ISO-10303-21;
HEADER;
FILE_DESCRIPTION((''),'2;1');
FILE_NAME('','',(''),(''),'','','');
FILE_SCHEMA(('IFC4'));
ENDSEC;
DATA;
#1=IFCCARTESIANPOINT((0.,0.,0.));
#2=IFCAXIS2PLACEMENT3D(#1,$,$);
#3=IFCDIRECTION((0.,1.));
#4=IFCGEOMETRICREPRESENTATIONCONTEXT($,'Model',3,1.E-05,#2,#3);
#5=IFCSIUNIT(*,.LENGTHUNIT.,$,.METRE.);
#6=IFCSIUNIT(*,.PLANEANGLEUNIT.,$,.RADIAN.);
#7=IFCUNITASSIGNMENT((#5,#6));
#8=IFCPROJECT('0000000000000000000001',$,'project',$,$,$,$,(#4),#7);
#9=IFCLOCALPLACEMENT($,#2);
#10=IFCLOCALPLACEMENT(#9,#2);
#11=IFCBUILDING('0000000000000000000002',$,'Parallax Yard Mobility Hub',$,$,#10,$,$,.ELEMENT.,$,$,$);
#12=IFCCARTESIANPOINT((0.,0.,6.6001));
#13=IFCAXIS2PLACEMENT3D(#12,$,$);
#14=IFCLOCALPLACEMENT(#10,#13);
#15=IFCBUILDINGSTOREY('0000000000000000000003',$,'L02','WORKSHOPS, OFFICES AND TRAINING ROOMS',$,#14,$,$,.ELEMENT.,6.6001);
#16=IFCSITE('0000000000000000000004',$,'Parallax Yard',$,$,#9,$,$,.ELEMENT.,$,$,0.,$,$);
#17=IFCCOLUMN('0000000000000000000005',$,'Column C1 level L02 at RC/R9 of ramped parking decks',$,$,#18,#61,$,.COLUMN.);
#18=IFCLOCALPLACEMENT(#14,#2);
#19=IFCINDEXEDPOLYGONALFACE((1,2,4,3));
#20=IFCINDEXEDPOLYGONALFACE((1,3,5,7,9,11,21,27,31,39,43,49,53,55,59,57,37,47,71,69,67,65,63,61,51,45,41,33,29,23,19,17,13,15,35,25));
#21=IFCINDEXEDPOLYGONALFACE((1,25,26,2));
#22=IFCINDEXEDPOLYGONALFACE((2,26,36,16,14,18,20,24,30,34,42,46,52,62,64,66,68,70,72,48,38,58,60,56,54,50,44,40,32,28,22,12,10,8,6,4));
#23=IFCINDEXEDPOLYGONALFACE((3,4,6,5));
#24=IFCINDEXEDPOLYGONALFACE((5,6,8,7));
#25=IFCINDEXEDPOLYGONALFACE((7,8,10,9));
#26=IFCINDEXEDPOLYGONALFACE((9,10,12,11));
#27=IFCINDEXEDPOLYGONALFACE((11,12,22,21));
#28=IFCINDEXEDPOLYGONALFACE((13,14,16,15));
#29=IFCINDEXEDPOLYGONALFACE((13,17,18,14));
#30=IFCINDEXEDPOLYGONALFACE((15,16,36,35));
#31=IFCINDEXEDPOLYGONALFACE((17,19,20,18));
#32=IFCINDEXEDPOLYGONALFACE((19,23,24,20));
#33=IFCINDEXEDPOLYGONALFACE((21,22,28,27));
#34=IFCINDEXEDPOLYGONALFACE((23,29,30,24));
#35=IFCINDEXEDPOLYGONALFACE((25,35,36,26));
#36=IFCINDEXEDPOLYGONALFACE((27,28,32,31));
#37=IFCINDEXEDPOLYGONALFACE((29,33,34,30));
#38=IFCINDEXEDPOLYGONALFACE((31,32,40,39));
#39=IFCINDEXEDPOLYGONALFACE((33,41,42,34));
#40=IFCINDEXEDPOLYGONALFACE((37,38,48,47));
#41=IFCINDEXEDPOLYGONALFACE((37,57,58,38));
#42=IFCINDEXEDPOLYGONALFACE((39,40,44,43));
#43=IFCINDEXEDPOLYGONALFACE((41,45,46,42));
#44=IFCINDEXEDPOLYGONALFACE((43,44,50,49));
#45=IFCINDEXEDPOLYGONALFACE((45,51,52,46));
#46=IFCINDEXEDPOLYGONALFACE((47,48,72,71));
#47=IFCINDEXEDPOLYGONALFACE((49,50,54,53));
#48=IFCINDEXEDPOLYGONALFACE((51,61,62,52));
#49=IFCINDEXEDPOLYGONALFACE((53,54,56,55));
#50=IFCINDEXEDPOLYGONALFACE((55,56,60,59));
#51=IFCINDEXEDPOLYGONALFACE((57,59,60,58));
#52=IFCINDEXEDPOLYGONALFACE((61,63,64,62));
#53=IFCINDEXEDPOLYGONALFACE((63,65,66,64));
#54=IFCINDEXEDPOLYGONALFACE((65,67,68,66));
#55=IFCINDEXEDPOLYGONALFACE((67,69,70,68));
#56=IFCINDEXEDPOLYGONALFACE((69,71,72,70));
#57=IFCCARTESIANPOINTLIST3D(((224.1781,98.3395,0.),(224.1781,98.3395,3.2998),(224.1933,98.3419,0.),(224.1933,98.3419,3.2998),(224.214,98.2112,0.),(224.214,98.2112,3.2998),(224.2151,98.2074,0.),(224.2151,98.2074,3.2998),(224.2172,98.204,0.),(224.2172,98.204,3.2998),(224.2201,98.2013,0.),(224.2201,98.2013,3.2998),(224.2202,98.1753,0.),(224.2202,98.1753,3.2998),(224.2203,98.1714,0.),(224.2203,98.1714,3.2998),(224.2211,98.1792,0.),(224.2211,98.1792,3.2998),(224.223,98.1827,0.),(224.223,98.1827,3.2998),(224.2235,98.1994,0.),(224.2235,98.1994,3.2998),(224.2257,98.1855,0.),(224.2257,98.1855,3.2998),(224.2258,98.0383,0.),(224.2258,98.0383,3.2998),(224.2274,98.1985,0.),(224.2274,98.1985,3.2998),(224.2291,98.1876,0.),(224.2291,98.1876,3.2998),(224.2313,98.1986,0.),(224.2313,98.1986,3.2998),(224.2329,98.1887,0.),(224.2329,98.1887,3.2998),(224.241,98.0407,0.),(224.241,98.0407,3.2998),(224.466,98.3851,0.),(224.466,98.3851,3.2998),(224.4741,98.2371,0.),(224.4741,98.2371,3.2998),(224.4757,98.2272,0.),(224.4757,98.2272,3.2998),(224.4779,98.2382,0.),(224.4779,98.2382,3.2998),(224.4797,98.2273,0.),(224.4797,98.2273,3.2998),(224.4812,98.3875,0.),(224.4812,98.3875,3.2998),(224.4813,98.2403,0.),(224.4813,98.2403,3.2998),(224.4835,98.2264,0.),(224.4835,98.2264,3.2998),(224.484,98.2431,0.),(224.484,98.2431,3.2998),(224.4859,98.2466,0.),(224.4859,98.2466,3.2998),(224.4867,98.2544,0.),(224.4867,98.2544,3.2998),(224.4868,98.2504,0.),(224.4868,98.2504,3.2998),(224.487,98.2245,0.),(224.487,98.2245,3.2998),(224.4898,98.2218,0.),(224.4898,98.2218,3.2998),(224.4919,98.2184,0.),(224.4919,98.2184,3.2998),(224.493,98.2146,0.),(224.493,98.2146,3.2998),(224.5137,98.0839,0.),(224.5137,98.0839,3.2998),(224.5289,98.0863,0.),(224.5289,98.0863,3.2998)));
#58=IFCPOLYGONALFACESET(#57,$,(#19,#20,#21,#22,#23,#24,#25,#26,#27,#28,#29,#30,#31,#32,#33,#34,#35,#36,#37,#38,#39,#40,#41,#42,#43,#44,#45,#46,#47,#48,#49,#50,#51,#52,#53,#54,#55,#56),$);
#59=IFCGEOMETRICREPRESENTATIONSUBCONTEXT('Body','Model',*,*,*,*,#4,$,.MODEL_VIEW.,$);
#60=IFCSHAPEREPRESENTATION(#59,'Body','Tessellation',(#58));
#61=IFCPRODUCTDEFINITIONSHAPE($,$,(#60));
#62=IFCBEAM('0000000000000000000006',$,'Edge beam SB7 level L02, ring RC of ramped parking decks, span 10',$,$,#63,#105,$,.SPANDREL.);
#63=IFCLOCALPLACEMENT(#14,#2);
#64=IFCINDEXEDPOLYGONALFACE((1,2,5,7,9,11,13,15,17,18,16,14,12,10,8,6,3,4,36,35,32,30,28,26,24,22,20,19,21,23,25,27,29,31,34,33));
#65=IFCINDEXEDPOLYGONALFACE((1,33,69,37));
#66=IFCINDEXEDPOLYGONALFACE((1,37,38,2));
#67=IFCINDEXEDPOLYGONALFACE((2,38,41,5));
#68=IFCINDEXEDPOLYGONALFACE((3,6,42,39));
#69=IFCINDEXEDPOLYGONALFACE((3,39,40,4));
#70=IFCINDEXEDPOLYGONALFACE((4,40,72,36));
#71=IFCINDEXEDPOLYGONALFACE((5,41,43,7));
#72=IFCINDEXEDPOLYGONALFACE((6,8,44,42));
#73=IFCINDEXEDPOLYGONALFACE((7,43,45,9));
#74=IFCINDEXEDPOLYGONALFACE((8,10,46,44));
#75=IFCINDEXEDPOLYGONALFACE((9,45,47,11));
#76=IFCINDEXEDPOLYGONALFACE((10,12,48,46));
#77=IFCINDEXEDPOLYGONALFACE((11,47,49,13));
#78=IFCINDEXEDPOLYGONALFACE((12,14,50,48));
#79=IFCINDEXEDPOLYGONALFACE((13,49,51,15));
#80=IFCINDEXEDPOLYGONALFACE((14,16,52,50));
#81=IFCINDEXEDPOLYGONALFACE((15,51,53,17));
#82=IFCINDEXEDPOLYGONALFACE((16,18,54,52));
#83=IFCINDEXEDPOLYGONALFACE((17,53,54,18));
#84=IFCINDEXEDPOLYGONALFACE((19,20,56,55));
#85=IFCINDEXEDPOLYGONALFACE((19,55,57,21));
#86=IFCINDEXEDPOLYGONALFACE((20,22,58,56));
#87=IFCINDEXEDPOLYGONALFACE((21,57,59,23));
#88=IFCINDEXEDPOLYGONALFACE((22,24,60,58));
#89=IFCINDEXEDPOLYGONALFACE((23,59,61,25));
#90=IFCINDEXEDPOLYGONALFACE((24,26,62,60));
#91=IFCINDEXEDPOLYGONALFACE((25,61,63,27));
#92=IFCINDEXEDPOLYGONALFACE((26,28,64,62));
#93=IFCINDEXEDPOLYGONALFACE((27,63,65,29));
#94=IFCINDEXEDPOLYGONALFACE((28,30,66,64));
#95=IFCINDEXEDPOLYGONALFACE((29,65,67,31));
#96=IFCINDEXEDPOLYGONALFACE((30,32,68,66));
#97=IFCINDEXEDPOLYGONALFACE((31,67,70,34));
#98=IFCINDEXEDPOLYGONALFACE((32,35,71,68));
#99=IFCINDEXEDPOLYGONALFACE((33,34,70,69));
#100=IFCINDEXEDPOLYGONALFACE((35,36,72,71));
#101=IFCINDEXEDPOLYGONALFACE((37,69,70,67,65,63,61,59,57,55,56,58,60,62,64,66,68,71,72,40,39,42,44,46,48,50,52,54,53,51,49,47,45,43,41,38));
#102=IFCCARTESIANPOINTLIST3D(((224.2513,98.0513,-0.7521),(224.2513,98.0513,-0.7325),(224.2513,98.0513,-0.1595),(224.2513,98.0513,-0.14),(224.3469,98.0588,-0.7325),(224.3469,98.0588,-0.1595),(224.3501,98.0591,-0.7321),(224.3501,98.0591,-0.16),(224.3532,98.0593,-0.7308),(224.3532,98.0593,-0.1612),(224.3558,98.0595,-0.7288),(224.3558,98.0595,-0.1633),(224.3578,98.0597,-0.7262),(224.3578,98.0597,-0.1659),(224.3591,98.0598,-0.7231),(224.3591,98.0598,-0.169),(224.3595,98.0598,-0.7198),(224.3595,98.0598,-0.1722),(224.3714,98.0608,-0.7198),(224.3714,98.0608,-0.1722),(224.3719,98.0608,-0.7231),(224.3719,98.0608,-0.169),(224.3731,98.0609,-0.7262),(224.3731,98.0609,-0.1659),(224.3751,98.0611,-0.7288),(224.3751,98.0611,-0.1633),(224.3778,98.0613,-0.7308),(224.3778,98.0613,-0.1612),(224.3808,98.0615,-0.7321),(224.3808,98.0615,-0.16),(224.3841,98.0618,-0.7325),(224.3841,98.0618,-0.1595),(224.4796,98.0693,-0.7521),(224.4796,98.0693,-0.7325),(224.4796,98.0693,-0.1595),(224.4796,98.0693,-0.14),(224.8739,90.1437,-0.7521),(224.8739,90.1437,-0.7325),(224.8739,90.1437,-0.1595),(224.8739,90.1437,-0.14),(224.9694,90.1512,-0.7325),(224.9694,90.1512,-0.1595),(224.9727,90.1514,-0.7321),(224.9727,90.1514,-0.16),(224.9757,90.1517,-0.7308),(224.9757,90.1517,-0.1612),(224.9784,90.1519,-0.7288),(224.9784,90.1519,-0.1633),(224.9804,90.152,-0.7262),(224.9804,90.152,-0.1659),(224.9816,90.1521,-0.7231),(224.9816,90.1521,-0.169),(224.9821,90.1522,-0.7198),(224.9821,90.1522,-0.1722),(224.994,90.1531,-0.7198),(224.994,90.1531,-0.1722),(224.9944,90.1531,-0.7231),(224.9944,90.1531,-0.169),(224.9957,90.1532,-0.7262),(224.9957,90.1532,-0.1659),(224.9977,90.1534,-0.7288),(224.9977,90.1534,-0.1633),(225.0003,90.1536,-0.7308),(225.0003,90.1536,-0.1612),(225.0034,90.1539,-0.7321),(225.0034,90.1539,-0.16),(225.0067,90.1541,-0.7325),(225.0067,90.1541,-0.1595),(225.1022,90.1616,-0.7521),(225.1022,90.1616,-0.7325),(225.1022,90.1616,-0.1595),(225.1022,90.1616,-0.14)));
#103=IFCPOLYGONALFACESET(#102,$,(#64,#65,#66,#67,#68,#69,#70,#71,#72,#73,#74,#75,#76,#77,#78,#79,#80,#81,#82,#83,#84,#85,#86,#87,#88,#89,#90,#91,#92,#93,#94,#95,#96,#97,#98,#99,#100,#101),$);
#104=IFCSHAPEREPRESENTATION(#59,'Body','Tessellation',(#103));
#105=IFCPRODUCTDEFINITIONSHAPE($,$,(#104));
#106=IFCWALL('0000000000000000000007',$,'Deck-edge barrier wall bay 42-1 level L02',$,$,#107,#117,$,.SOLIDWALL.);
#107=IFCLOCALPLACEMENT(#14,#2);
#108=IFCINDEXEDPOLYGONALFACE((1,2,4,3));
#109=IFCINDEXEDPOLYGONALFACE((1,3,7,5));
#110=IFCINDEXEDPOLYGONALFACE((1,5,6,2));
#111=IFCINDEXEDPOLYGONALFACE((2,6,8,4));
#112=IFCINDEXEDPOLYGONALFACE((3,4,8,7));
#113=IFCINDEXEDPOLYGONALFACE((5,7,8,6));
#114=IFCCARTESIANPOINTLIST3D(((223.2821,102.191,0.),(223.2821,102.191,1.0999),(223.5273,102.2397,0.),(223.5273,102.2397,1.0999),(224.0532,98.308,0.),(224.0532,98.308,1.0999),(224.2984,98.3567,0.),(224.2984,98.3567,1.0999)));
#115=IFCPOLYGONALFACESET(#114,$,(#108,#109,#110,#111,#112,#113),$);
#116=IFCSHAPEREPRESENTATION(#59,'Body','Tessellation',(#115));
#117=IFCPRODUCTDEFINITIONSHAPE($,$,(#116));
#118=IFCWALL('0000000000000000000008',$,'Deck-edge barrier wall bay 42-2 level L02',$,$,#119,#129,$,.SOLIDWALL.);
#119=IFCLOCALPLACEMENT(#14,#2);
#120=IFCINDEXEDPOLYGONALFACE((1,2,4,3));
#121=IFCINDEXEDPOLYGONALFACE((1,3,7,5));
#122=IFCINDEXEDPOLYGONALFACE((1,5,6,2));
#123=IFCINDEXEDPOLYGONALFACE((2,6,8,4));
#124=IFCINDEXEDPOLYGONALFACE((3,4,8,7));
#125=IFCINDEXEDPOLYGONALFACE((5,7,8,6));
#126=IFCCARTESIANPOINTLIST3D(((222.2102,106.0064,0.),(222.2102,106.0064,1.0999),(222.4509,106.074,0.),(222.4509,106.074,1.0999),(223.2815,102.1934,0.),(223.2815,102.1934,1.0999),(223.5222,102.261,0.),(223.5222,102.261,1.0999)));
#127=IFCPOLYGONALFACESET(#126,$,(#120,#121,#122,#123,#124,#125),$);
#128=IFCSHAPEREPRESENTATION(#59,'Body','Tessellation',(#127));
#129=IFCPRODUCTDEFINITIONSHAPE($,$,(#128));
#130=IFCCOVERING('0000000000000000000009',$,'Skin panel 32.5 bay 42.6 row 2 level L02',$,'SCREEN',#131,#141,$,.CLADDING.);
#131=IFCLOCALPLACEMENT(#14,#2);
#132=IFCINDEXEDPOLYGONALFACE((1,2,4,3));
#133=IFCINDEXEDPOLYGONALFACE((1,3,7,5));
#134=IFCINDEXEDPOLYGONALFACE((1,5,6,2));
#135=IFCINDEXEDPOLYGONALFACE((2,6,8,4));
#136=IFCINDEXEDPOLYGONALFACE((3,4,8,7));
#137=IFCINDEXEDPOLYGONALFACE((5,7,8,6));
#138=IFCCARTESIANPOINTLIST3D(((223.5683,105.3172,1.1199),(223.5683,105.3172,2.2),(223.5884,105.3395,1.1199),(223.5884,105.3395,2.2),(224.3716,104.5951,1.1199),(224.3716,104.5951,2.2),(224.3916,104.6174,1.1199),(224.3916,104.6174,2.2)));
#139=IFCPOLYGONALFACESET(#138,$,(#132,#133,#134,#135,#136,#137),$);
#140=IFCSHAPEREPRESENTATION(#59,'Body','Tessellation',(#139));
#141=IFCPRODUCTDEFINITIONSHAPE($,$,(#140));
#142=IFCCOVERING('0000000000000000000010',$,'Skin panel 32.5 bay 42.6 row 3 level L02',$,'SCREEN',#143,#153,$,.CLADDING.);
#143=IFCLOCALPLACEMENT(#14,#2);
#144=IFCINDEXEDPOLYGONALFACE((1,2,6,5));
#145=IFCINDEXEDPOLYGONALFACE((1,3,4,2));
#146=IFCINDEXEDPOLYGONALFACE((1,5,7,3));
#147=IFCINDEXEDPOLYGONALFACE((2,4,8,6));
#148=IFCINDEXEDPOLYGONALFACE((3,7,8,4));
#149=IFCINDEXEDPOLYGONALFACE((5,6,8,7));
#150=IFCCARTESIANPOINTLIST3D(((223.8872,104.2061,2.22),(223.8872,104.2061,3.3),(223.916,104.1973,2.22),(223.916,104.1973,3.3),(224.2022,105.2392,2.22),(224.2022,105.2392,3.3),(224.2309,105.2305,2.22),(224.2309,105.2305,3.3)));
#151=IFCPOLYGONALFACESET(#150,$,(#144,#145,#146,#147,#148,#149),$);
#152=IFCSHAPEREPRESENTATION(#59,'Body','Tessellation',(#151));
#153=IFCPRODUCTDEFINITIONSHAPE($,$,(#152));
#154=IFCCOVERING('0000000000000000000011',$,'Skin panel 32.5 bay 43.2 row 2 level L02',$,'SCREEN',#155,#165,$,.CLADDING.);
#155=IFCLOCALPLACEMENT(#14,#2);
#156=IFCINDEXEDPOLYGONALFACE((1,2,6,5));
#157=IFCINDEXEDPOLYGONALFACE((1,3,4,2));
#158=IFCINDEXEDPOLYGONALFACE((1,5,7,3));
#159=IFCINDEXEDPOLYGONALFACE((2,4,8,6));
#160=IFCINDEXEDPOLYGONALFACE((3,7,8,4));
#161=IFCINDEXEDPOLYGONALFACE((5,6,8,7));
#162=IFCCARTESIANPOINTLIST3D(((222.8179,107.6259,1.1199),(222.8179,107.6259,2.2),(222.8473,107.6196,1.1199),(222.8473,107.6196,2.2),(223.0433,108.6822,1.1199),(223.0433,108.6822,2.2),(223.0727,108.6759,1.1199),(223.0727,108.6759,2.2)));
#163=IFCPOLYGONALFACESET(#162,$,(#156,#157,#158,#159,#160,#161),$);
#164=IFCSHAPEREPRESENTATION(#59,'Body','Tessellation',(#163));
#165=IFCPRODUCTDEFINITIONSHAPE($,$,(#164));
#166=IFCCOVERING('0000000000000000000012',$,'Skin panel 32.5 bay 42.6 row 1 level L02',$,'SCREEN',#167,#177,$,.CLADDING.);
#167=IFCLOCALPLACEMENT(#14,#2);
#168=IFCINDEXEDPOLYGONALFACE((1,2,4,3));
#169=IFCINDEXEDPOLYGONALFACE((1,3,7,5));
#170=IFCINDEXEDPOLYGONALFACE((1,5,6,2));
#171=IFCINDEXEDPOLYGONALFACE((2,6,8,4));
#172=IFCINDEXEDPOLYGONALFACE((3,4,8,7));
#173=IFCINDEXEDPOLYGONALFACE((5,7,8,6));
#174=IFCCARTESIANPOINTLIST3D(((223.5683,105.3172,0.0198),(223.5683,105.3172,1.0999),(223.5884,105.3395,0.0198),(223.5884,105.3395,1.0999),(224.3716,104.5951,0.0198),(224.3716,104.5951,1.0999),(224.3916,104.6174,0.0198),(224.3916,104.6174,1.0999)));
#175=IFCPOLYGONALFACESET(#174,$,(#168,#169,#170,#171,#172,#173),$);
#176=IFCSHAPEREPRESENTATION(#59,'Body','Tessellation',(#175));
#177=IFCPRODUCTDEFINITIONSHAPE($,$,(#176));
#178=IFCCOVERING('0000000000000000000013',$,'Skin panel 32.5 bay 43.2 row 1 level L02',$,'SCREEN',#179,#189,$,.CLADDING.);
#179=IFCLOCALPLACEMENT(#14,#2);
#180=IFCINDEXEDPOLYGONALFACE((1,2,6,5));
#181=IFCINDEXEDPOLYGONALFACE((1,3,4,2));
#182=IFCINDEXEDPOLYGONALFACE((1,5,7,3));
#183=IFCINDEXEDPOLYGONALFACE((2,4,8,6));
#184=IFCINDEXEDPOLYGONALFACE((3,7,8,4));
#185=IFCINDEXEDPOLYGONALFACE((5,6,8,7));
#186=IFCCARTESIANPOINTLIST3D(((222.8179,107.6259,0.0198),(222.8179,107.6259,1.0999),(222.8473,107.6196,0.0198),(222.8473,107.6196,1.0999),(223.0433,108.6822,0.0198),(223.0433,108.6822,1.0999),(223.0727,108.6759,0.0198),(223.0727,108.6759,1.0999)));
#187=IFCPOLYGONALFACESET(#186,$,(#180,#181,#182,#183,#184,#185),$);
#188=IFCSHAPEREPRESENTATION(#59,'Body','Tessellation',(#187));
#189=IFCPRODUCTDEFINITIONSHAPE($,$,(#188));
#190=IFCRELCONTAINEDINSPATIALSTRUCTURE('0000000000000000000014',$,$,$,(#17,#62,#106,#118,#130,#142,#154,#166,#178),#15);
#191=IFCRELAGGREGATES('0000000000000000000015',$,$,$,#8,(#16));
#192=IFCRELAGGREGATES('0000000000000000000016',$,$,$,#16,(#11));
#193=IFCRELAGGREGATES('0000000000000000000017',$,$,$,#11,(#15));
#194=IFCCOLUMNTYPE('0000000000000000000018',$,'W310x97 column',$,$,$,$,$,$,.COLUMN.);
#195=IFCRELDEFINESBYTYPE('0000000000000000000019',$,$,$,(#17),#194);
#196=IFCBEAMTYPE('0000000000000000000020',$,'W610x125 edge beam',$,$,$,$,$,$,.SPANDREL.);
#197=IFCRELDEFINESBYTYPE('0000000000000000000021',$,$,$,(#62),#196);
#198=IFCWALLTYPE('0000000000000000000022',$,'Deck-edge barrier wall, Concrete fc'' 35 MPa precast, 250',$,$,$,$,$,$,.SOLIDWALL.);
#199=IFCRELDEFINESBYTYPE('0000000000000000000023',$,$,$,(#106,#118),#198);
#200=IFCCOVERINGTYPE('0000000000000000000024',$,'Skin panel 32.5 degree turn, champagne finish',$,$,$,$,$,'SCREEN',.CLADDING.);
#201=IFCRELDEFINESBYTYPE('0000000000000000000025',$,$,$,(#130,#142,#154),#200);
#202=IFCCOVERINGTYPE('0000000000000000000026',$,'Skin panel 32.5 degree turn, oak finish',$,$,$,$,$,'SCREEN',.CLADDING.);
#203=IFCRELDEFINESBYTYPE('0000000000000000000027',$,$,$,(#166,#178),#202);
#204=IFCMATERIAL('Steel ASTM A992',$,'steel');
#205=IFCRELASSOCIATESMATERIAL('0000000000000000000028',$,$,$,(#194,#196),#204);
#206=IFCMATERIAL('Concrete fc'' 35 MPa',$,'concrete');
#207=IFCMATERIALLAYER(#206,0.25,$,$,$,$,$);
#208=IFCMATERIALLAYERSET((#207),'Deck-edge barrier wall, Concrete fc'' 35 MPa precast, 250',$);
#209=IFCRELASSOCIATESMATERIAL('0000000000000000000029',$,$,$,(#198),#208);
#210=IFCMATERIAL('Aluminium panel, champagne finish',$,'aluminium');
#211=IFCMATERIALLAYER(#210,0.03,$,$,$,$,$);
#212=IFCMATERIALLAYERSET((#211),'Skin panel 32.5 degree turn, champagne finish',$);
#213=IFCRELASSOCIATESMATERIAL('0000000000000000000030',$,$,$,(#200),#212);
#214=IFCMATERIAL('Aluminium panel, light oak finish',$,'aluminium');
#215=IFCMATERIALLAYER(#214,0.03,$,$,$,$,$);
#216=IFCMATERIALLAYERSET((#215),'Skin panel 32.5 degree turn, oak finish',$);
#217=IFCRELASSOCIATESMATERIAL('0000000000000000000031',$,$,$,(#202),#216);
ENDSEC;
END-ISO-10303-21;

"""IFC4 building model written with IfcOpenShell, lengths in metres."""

from ifc_helpers import new_model, si_unit, direction, frame, frame_2d, origin, origin_2d, place, context, subcontext, project, spatial, rectangle, i_section, extrude, material, layer, layer_set, material_profile, profile_set, type_object, element, save


model = new_model("IFC4")

# Units and contexts
model_context = context("Model", 3, precision=1e-05, world=origin(), true_north=direction((0.0, 1.0)))
body_context = subcontext(model_context, "Body", "Model", "MODEL_VIEW")
ifc_project = project(units=[si_unit("LENGTHUNIT", "METRE"), si_unit("PLANEANGLEUNIT", "RADIAN")], contexts=[model_context])

# Site, building, storey
site_placement = place(None, origin())
site = spatial("IfcSite", under=ifc_project, at=site_placement, Name="Parallax Yard", CompositionType="ELEMENT", RefElevation=0.0)
building_placement = place(site_placement, origin())
building = spatial("IfcBuilding", under=site, at=building_placement, Name="Parallax Yard Mobility Hub", CompositionType="ELEMENT")
storey_placement = place(building_placement, frame((0.0, 0.0, 6.6001)))
storey = spatial("IfcBuildingStorey", under=building, at=storey_placement, Name="L02", Description="WORKSHOPS, OFFICES AND TRAINING ROOMS", CompositionType="ELEMENT", Elevation=6.6001)

# Column
ifc_material_1 = material(Name="Steel ASTM A992", Category="steel")
ifc_material_profile_1 = material_profile(ifc_material_1, i_section(OverallWidth=0.3049, OverallDepth=0.3069, WebThickness=0.01, FlangeThickness=0.0154, FilletRadius=0.0151, at=origin_2d()), Name="W310x97")
ifc_profile_set_1 = profile_set([ifc_material_profile_1], Name="Steel ASTM A992")
column_type = type_object("IfcColumnType", Name="W310x97 column", PredefinedType="COLUMN", material=ifc_profile_set_1)
column_placement = place(storey_placement, frame((224.3535, 98.2129, 0.0), z_axis=(0.0, 0.0, 1.0), x_axis=(-0.156434, 0.987688, 0.0)))
element("IfcColumn", 1, at=column_placement, inside=storey, type_object=column_type, Name="Column C1 level L02 at RC/R9 of ramped parking decks", PredefinedType="COLUMN", context=body_context, shape_type="SweptSolid", body=[
    extrude(i_section(OverallWidth=0.3049, OverallDepth=0.3069, WebThickness=0.01, FlangeThickness=0.0154, FilletRadius=0.0151, at=origin_2d()), origin(), (0.0, 0.0, 1.0), 3.2998),
])

# Beam
ifc_material_profile_2 = material_profile(ifc_material_1, i_section(OverallWidth=0.229, OverallDepth=0.6121, WebThickness=0.012, FlangeThickness=0.0195, FilletRadius=0.0127, at=origin_2d()), Name="W610x125")
ifc_profile_set_2 = profile_set([ifc_material_profile_2], Name="Steel ASTM A992")
beam_type = type_object("IfcBeamType", Name="W610x125 edge beam", PredefinedType="SPANDREL", material=ifc_profile_set_2)
beam_placement = place(storey_placement, frame((224.3655, 98.0603, -0.446), z_axis=(0.078485, -0.996915, 0.0), x_axis=(0.996915, 0.078485, 0.0)))
element("IfcBeam", 2, at=beam_placement, inside=storey, type_object=beam_type, Name="Edge beam SB7 level L02, ring RC of ramped parking decks, span 10", PredefinedType="SPANDREL", context=body_context, shape_type="SweptSolid", body=[
    extrude(i_section(OverallWidth=0.229, OverallDepth=0.6121, WebThickness=0.012, FlangeThickness=0.0195, FilletRadius=0.0127, at=origin_2d()), origin(), (0.0, 0.0, 1.0), 7.9321),
])

# Walls
ifc_material_2 = material(Name="Concrete fc' 35 MPa", Category="concrete")
ifc_layer_1 = layer(ifc_material_2, 0.25)
ifc_layer_set_1 = layer_set([ifc_layer_1], Name="Deck-edge barrier wall, Concrete fc' 35 MPa precast, 250")
wall_type = type_object("IfcWallType", Name="Deck-edge barrier wall, Concrete fc' 35 MPa precast, 250", PredefinedType="SOLIDWALL", material=ifc_layer_set_1)
wall_1_placement = place(storey_placement, frame((224.1758, 98.3323, 0.0), z_axis=(0.0, 0.0, 1.0), x_axis=(-0.194764, 0.98085, 0.0)))
element("IfcWall", 3, at=wall_1_placement, inside=storey, type_object=wall_type, Name="Deck-edge barrier wall bay 42-1 level L02", PredefinedType="SOLIDWALL", context=body_context, shape_type="SweptSolid", body=[
    extrude(rectangle(XDim=3.9587, YDim=0.25, at=frame_2d((1.9795, 0.0))), origin(), (0.0, 0.0, 1.0), 1.0999),
])
wall_2_placement = place(storey_placement, frame((223.4019, 102.2271, 0.0), z_axis=(0.0, 0.0, 1.0), x_axis=(-0.270485, 0.962724, 0.0)))
element("IfcWall", 4, at=wall_2_placement, inside=storey, type_object=wall_type, Name="Deck-edge barrier wall bay 42-2 level L02", PredefinedType="SOLIDWALL", context=body_context, shape_type="SweptSolid", body=[
    extrude(rectangle(XDim=3.9607, YDim=0.25, at=frame_2d((1.9805, 0.0))), origin(), (0.0, 0.0, 1.0), 1.0999),
])

# Coverings
ifc_material_3 = material(Name="Aluminium panel, champagne finish", Category="aluminium")
ifc_layer_2 = layer(ifc_material_3, 0.03)
ifc_layer_set_2 = layer_set([ifc_layer_2], Name="Skin panel 32.5 degree turn, champagne finish")
covering_type_1 = type_object("IfcCoveringType", Name="Skin panel 32.5 degree turn, champagne finish", ElementType="SCREEN", PredefinedType="CLADDING", material=ifc_layer_set_2)
for number, where, z_axis, x_axis, name in (
    (5, (223.98, 104.9673, 1.1199), (0.0, 0.0, 1.0), (0.743676, -0.66854, 0.0), "Skin panel 32.5 bay 42.6 row 2 level L02"),
    (6, (224.0591, 104.7183, 2.22), (0.0, 0.0, 1.0), (0.291612, 0.956537, 0.0), "Skin panel 32.5 bay 42.6 row 3 level L02"),
    (7, (222.9453, 108.1509, 1.1199), (0.0, 0.0, 1.0), (0.208688, 0.977982, 0.0), "Skin panel 32.5 bay 43.2 row 2 level L02"),
):
    element("IfcCovering", number, at=place(storey_placement, frame(where, z_axis=z_axis, x_axis=x_axis)), inside=storey, type_object=covering_type_1, Name=name, ObjectType="SCREEN", PredefinedType="CLADDING", context=body_context, shape_type="SweptSolid", body=[
        extrude(rectangle(XDim=1.0801, YDim=0.03, at=origin_2d()), origin(), (0.0, 0.0, 1.0), 1.0801),
    ])
ifc_material_4 = material(Name="Aluminium panel, light oak finish", Category="aluminium")
ifc_layer_3 = layer(ifc_material_4, 0.03)
ifc_layer_set_3 = layer_set([ifc_layer_3], Name="Skin panel 32.5 degree turn, oak finish")
covering_type_2 = type_object("IfcCoveringType", Name="Skin panel 32.5 degree turn, oak finish", ElementType="SCREEN", PredefinedType="CLADDING", material=ifc_layer_set_3)
for number, where, z_axis, x_axis, name in (
    (8, (223.98, 104.9673, 0.0198), (0.0, 0.0, 1.0), (0.743676, -0.66854, 0.0), "Skin panel 32.5 bay 42.6 row 1 level L02"),
    (9, (222.9453, 108.1509, 0.0198), (0.0, 0.0, 1.0), (0.208688, 0.977982, 0.0), "Skin panel 32.5 bay 43.2 row 1 level L02"),
):
    element("IfcCovering", number, at=place(storey_placement, frame(where, z_axis=z_axis, x_axis=x_axis)), inside=storey, type_object=covering_type_2, Name=name, ObjectType="SCREEN", PredefinedType="CLADDING", context=body_context, shape_type="SweptSolid", body=[
        extrude(rectangle(XDim=1.0801, YDim=0.03, at=origin_2d()), origin(), (0.0, 0.0, 1.0), 1.0801),
    ])

save(model, "model.ifc")
